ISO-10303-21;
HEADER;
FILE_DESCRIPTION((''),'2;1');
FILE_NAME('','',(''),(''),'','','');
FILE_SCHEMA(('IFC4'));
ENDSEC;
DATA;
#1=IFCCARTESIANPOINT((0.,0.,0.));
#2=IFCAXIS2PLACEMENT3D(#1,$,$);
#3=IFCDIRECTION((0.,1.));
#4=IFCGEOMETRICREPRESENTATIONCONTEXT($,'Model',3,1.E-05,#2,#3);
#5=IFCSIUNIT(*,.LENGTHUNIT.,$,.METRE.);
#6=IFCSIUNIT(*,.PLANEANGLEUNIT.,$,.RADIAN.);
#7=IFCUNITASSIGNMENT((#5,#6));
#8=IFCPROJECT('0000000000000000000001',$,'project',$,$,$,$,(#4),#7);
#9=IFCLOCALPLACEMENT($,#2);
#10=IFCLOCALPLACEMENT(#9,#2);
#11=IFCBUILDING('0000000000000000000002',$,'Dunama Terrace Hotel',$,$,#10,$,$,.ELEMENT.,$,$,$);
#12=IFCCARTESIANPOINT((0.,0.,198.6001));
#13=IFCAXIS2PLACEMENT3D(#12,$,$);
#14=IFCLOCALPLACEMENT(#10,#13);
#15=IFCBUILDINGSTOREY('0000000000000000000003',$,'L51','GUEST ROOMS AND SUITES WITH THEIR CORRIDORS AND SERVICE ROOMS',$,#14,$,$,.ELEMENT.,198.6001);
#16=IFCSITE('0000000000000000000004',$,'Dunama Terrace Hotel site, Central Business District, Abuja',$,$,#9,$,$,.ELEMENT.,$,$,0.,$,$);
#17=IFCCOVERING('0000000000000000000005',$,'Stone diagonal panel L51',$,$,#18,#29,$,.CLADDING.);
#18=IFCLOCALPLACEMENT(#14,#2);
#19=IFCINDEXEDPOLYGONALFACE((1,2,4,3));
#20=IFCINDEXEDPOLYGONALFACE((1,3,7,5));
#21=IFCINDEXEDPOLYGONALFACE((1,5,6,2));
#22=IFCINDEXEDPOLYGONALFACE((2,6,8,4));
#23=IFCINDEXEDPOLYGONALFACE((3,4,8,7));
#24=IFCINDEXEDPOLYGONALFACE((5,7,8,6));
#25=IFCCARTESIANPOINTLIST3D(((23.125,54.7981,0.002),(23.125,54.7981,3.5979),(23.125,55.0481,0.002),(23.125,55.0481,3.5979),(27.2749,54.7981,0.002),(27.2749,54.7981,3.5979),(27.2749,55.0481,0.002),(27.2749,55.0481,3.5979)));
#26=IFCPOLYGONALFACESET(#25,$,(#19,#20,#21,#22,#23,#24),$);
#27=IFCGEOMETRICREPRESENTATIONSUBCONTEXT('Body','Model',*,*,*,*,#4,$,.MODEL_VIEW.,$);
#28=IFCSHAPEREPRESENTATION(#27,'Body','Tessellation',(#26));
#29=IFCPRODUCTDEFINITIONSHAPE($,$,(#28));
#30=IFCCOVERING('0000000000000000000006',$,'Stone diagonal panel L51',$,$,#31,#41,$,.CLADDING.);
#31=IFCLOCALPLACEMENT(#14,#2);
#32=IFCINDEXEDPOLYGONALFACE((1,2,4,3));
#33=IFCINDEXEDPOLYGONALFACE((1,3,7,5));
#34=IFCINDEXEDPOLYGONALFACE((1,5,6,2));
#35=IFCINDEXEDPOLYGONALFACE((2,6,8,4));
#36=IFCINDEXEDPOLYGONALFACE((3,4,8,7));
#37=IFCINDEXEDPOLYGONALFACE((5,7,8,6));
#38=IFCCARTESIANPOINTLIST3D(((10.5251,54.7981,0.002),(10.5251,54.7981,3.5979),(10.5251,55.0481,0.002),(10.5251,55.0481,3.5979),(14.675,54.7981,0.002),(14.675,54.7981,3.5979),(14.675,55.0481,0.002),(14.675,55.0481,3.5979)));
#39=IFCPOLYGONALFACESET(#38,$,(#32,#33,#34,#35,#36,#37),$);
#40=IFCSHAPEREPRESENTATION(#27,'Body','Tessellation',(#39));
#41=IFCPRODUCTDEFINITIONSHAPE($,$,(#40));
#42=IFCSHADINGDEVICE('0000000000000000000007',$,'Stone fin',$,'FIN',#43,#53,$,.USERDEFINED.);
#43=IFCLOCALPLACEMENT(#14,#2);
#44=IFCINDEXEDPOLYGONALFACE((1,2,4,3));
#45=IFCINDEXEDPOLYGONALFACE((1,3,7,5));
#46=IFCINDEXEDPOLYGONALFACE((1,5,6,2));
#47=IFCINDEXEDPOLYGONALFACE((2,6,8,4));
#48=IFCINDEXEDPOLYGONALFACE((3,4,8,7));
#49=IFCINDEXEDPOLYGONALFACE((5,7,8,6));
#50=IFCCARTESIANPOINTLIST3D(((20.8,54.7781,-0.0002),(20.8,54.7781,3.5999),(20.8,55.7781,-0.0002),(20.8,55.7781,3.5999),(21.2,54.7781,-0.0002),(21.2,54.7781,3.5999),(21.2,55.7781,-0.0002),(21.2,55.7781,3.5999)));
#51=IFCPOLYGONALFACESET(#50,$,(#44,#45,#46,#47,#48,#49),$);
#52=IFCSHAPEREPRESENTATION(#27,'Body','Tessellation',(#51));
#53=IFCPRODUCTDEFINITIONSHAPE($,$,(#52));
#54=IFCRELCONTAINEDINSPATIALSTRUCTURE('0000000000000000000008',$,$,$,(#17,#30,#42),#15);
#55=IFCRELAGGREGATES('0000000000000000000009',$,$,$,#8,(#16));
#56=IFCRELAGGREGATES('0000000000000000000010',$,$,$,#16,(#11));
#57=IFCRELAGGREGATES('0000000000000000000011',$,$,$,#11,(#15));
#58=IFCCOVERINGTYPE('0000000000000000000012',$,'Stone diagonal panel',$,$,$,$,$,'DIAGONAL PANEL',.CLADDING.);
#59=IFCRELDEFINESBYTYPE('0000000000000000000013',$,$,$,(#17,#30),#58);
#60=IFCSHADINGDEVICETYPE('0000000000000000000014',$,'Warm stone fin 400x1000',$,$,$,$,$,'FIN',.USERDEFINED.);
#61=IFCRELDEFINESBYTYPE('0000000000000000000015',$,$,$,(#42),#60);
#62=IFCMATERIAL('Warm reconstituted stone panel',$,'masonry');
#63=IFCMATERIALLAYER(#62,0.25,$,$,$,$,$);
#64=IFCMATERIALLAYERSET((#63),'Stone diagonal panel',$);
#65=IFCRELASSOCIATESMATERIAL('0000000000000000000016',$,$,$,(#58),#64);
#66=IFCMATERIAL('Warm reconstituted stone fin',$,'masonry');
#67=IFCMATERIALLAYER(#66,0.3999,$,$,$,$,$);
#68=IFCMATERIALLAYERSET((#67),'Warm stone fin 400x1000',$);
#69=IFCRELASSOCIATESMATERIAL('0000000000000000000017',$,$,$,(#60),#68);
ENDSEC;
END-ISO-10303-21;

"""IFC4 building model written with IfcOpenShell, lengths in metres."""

from ifc_helpers import new_model, si_unit, direction, frame, origin, origin_2d, place, context, subcontext, project, spatial, rectangle, extrude, material, layer, layer_set, type_object, element, save


model = new_model("IFC4")

# Units and contexts
model_context = context("Model", 3, precision=1e-05, world=origin(), true_north=direction((0.0, 1.0)))
body_context = subcontext(model_context, "Body", "Model", "MODEL_VIEW")
ifc_project = project(units=[si_unit("LENGTHUNIT", "METRE"), si_unit("PLANEANGLEUNIT", "RADIAN")], contexts=[model_context])

# Site, building, storey
site_placement = place(None, origin())
site = spatial("IfcSite", under=ifc_project, at=site_placement, Name="Dunama Terrace Hotel site, Central Business District, Abuja", CompositionType="ELEMENT", RefElevation=0.0)
building_placement = place(site_placement, origin())
building = spatial("IfcBuilding", under=site, at=building_placement, Name="Dunama Terrace Hotel", CompositionType="ELEMENT")
storey_placement = place(building_placement, frame((0.0, 0.0, 198.6001)))
storey = spatial("IfcBuildingStorey", under=building, at=storey_placement, Name="L51", Description="GUEST ROOMS AND SUITES WITH THEIR CORRIDORS AND SERVICE ROOMS", CompositionType="ELEMENT", Elevation=198.6001)

# Coverings
ifc_material_1 = material(Name="Warm reconstituted stone panel", Category="masonry")
ifc_layer_1 = layer(ifc_material_1, 0.25)
ifc_layer_set_1 = layer_set([ifc_layer_1], Name="Stone diagonal panel")
covering_type = type_object("IfcCoveringType", Name="Stone diagonal panel", ElementType="DIAGONAL PANEL", PredefinedType="CLADDING", material=ifc_layer_set_1)
for number, where, z_axis, x_axis, name in (
    (1, (25.2, 54.9231, 0.002), (0.0, 0.0, 1.0), (-1.0, 0.0, 0.0), "Stone diagonal panel L51"),
    (2, (12.6001, 54.9231, 0.002), (0.0, 0.0, 1.0), (-1.0, 0.0, 0.0), "Stone diagonal panel L51"),
):
    element("IfcCovering", number, at=place(storey_placement, frame(where, z_axis=z_axis, x_axis=x_axis)), inside=storey, type_object=covering_type, Name=name, PredefinedType="CLADDING", context=body_context, shape_type="SweptSolid", body=[
        extrude(rectangle(XDim=4.1499, YDim=0.25, at=origin_2d()), origin(), (0.0, 0.0, 1.0), 3.5959),
    ])

# Shading device
ifc_material_2 = material(Name="Warm reconstituted stone fin", Category="masonry")
ifc_layer_2 = layer(ifc_material_2, 0.3999)
ifc_layer_set_2 = layer_set([ifc_layer_2], Name="Warm stone fin 400x1000")
shading_device_type = type_object("IfcShadingDeviceType", Name="Warm stone fin 400x1000", ElementType="FIN", PredefinedType="USERDEFINED", material=ifc_layer_set_2)
shading_device_placement = place(storey_placement, frame((21.0, 55.2781, -0.0002), z_axis=(0.0, 0.0, 1.0), x_axis=(-1.0, 0.0, 0.0)))
element("IfcShadingDevice", 3, at=shading_device_placement, inside=storey, type_object=shading_device_type, Name="Stone fin", ObjectType="FIN", PredefinedType="USERDEFINED", context=body_context, shape_type="SweptSolid", body=[
    extrude(rectangle(XDim=0.3999, YDim=1.0, at=origin_2d()), origin(), (0.0, 0.0, 1.0), 3.6001),
])

save(model, "model.ifc")
